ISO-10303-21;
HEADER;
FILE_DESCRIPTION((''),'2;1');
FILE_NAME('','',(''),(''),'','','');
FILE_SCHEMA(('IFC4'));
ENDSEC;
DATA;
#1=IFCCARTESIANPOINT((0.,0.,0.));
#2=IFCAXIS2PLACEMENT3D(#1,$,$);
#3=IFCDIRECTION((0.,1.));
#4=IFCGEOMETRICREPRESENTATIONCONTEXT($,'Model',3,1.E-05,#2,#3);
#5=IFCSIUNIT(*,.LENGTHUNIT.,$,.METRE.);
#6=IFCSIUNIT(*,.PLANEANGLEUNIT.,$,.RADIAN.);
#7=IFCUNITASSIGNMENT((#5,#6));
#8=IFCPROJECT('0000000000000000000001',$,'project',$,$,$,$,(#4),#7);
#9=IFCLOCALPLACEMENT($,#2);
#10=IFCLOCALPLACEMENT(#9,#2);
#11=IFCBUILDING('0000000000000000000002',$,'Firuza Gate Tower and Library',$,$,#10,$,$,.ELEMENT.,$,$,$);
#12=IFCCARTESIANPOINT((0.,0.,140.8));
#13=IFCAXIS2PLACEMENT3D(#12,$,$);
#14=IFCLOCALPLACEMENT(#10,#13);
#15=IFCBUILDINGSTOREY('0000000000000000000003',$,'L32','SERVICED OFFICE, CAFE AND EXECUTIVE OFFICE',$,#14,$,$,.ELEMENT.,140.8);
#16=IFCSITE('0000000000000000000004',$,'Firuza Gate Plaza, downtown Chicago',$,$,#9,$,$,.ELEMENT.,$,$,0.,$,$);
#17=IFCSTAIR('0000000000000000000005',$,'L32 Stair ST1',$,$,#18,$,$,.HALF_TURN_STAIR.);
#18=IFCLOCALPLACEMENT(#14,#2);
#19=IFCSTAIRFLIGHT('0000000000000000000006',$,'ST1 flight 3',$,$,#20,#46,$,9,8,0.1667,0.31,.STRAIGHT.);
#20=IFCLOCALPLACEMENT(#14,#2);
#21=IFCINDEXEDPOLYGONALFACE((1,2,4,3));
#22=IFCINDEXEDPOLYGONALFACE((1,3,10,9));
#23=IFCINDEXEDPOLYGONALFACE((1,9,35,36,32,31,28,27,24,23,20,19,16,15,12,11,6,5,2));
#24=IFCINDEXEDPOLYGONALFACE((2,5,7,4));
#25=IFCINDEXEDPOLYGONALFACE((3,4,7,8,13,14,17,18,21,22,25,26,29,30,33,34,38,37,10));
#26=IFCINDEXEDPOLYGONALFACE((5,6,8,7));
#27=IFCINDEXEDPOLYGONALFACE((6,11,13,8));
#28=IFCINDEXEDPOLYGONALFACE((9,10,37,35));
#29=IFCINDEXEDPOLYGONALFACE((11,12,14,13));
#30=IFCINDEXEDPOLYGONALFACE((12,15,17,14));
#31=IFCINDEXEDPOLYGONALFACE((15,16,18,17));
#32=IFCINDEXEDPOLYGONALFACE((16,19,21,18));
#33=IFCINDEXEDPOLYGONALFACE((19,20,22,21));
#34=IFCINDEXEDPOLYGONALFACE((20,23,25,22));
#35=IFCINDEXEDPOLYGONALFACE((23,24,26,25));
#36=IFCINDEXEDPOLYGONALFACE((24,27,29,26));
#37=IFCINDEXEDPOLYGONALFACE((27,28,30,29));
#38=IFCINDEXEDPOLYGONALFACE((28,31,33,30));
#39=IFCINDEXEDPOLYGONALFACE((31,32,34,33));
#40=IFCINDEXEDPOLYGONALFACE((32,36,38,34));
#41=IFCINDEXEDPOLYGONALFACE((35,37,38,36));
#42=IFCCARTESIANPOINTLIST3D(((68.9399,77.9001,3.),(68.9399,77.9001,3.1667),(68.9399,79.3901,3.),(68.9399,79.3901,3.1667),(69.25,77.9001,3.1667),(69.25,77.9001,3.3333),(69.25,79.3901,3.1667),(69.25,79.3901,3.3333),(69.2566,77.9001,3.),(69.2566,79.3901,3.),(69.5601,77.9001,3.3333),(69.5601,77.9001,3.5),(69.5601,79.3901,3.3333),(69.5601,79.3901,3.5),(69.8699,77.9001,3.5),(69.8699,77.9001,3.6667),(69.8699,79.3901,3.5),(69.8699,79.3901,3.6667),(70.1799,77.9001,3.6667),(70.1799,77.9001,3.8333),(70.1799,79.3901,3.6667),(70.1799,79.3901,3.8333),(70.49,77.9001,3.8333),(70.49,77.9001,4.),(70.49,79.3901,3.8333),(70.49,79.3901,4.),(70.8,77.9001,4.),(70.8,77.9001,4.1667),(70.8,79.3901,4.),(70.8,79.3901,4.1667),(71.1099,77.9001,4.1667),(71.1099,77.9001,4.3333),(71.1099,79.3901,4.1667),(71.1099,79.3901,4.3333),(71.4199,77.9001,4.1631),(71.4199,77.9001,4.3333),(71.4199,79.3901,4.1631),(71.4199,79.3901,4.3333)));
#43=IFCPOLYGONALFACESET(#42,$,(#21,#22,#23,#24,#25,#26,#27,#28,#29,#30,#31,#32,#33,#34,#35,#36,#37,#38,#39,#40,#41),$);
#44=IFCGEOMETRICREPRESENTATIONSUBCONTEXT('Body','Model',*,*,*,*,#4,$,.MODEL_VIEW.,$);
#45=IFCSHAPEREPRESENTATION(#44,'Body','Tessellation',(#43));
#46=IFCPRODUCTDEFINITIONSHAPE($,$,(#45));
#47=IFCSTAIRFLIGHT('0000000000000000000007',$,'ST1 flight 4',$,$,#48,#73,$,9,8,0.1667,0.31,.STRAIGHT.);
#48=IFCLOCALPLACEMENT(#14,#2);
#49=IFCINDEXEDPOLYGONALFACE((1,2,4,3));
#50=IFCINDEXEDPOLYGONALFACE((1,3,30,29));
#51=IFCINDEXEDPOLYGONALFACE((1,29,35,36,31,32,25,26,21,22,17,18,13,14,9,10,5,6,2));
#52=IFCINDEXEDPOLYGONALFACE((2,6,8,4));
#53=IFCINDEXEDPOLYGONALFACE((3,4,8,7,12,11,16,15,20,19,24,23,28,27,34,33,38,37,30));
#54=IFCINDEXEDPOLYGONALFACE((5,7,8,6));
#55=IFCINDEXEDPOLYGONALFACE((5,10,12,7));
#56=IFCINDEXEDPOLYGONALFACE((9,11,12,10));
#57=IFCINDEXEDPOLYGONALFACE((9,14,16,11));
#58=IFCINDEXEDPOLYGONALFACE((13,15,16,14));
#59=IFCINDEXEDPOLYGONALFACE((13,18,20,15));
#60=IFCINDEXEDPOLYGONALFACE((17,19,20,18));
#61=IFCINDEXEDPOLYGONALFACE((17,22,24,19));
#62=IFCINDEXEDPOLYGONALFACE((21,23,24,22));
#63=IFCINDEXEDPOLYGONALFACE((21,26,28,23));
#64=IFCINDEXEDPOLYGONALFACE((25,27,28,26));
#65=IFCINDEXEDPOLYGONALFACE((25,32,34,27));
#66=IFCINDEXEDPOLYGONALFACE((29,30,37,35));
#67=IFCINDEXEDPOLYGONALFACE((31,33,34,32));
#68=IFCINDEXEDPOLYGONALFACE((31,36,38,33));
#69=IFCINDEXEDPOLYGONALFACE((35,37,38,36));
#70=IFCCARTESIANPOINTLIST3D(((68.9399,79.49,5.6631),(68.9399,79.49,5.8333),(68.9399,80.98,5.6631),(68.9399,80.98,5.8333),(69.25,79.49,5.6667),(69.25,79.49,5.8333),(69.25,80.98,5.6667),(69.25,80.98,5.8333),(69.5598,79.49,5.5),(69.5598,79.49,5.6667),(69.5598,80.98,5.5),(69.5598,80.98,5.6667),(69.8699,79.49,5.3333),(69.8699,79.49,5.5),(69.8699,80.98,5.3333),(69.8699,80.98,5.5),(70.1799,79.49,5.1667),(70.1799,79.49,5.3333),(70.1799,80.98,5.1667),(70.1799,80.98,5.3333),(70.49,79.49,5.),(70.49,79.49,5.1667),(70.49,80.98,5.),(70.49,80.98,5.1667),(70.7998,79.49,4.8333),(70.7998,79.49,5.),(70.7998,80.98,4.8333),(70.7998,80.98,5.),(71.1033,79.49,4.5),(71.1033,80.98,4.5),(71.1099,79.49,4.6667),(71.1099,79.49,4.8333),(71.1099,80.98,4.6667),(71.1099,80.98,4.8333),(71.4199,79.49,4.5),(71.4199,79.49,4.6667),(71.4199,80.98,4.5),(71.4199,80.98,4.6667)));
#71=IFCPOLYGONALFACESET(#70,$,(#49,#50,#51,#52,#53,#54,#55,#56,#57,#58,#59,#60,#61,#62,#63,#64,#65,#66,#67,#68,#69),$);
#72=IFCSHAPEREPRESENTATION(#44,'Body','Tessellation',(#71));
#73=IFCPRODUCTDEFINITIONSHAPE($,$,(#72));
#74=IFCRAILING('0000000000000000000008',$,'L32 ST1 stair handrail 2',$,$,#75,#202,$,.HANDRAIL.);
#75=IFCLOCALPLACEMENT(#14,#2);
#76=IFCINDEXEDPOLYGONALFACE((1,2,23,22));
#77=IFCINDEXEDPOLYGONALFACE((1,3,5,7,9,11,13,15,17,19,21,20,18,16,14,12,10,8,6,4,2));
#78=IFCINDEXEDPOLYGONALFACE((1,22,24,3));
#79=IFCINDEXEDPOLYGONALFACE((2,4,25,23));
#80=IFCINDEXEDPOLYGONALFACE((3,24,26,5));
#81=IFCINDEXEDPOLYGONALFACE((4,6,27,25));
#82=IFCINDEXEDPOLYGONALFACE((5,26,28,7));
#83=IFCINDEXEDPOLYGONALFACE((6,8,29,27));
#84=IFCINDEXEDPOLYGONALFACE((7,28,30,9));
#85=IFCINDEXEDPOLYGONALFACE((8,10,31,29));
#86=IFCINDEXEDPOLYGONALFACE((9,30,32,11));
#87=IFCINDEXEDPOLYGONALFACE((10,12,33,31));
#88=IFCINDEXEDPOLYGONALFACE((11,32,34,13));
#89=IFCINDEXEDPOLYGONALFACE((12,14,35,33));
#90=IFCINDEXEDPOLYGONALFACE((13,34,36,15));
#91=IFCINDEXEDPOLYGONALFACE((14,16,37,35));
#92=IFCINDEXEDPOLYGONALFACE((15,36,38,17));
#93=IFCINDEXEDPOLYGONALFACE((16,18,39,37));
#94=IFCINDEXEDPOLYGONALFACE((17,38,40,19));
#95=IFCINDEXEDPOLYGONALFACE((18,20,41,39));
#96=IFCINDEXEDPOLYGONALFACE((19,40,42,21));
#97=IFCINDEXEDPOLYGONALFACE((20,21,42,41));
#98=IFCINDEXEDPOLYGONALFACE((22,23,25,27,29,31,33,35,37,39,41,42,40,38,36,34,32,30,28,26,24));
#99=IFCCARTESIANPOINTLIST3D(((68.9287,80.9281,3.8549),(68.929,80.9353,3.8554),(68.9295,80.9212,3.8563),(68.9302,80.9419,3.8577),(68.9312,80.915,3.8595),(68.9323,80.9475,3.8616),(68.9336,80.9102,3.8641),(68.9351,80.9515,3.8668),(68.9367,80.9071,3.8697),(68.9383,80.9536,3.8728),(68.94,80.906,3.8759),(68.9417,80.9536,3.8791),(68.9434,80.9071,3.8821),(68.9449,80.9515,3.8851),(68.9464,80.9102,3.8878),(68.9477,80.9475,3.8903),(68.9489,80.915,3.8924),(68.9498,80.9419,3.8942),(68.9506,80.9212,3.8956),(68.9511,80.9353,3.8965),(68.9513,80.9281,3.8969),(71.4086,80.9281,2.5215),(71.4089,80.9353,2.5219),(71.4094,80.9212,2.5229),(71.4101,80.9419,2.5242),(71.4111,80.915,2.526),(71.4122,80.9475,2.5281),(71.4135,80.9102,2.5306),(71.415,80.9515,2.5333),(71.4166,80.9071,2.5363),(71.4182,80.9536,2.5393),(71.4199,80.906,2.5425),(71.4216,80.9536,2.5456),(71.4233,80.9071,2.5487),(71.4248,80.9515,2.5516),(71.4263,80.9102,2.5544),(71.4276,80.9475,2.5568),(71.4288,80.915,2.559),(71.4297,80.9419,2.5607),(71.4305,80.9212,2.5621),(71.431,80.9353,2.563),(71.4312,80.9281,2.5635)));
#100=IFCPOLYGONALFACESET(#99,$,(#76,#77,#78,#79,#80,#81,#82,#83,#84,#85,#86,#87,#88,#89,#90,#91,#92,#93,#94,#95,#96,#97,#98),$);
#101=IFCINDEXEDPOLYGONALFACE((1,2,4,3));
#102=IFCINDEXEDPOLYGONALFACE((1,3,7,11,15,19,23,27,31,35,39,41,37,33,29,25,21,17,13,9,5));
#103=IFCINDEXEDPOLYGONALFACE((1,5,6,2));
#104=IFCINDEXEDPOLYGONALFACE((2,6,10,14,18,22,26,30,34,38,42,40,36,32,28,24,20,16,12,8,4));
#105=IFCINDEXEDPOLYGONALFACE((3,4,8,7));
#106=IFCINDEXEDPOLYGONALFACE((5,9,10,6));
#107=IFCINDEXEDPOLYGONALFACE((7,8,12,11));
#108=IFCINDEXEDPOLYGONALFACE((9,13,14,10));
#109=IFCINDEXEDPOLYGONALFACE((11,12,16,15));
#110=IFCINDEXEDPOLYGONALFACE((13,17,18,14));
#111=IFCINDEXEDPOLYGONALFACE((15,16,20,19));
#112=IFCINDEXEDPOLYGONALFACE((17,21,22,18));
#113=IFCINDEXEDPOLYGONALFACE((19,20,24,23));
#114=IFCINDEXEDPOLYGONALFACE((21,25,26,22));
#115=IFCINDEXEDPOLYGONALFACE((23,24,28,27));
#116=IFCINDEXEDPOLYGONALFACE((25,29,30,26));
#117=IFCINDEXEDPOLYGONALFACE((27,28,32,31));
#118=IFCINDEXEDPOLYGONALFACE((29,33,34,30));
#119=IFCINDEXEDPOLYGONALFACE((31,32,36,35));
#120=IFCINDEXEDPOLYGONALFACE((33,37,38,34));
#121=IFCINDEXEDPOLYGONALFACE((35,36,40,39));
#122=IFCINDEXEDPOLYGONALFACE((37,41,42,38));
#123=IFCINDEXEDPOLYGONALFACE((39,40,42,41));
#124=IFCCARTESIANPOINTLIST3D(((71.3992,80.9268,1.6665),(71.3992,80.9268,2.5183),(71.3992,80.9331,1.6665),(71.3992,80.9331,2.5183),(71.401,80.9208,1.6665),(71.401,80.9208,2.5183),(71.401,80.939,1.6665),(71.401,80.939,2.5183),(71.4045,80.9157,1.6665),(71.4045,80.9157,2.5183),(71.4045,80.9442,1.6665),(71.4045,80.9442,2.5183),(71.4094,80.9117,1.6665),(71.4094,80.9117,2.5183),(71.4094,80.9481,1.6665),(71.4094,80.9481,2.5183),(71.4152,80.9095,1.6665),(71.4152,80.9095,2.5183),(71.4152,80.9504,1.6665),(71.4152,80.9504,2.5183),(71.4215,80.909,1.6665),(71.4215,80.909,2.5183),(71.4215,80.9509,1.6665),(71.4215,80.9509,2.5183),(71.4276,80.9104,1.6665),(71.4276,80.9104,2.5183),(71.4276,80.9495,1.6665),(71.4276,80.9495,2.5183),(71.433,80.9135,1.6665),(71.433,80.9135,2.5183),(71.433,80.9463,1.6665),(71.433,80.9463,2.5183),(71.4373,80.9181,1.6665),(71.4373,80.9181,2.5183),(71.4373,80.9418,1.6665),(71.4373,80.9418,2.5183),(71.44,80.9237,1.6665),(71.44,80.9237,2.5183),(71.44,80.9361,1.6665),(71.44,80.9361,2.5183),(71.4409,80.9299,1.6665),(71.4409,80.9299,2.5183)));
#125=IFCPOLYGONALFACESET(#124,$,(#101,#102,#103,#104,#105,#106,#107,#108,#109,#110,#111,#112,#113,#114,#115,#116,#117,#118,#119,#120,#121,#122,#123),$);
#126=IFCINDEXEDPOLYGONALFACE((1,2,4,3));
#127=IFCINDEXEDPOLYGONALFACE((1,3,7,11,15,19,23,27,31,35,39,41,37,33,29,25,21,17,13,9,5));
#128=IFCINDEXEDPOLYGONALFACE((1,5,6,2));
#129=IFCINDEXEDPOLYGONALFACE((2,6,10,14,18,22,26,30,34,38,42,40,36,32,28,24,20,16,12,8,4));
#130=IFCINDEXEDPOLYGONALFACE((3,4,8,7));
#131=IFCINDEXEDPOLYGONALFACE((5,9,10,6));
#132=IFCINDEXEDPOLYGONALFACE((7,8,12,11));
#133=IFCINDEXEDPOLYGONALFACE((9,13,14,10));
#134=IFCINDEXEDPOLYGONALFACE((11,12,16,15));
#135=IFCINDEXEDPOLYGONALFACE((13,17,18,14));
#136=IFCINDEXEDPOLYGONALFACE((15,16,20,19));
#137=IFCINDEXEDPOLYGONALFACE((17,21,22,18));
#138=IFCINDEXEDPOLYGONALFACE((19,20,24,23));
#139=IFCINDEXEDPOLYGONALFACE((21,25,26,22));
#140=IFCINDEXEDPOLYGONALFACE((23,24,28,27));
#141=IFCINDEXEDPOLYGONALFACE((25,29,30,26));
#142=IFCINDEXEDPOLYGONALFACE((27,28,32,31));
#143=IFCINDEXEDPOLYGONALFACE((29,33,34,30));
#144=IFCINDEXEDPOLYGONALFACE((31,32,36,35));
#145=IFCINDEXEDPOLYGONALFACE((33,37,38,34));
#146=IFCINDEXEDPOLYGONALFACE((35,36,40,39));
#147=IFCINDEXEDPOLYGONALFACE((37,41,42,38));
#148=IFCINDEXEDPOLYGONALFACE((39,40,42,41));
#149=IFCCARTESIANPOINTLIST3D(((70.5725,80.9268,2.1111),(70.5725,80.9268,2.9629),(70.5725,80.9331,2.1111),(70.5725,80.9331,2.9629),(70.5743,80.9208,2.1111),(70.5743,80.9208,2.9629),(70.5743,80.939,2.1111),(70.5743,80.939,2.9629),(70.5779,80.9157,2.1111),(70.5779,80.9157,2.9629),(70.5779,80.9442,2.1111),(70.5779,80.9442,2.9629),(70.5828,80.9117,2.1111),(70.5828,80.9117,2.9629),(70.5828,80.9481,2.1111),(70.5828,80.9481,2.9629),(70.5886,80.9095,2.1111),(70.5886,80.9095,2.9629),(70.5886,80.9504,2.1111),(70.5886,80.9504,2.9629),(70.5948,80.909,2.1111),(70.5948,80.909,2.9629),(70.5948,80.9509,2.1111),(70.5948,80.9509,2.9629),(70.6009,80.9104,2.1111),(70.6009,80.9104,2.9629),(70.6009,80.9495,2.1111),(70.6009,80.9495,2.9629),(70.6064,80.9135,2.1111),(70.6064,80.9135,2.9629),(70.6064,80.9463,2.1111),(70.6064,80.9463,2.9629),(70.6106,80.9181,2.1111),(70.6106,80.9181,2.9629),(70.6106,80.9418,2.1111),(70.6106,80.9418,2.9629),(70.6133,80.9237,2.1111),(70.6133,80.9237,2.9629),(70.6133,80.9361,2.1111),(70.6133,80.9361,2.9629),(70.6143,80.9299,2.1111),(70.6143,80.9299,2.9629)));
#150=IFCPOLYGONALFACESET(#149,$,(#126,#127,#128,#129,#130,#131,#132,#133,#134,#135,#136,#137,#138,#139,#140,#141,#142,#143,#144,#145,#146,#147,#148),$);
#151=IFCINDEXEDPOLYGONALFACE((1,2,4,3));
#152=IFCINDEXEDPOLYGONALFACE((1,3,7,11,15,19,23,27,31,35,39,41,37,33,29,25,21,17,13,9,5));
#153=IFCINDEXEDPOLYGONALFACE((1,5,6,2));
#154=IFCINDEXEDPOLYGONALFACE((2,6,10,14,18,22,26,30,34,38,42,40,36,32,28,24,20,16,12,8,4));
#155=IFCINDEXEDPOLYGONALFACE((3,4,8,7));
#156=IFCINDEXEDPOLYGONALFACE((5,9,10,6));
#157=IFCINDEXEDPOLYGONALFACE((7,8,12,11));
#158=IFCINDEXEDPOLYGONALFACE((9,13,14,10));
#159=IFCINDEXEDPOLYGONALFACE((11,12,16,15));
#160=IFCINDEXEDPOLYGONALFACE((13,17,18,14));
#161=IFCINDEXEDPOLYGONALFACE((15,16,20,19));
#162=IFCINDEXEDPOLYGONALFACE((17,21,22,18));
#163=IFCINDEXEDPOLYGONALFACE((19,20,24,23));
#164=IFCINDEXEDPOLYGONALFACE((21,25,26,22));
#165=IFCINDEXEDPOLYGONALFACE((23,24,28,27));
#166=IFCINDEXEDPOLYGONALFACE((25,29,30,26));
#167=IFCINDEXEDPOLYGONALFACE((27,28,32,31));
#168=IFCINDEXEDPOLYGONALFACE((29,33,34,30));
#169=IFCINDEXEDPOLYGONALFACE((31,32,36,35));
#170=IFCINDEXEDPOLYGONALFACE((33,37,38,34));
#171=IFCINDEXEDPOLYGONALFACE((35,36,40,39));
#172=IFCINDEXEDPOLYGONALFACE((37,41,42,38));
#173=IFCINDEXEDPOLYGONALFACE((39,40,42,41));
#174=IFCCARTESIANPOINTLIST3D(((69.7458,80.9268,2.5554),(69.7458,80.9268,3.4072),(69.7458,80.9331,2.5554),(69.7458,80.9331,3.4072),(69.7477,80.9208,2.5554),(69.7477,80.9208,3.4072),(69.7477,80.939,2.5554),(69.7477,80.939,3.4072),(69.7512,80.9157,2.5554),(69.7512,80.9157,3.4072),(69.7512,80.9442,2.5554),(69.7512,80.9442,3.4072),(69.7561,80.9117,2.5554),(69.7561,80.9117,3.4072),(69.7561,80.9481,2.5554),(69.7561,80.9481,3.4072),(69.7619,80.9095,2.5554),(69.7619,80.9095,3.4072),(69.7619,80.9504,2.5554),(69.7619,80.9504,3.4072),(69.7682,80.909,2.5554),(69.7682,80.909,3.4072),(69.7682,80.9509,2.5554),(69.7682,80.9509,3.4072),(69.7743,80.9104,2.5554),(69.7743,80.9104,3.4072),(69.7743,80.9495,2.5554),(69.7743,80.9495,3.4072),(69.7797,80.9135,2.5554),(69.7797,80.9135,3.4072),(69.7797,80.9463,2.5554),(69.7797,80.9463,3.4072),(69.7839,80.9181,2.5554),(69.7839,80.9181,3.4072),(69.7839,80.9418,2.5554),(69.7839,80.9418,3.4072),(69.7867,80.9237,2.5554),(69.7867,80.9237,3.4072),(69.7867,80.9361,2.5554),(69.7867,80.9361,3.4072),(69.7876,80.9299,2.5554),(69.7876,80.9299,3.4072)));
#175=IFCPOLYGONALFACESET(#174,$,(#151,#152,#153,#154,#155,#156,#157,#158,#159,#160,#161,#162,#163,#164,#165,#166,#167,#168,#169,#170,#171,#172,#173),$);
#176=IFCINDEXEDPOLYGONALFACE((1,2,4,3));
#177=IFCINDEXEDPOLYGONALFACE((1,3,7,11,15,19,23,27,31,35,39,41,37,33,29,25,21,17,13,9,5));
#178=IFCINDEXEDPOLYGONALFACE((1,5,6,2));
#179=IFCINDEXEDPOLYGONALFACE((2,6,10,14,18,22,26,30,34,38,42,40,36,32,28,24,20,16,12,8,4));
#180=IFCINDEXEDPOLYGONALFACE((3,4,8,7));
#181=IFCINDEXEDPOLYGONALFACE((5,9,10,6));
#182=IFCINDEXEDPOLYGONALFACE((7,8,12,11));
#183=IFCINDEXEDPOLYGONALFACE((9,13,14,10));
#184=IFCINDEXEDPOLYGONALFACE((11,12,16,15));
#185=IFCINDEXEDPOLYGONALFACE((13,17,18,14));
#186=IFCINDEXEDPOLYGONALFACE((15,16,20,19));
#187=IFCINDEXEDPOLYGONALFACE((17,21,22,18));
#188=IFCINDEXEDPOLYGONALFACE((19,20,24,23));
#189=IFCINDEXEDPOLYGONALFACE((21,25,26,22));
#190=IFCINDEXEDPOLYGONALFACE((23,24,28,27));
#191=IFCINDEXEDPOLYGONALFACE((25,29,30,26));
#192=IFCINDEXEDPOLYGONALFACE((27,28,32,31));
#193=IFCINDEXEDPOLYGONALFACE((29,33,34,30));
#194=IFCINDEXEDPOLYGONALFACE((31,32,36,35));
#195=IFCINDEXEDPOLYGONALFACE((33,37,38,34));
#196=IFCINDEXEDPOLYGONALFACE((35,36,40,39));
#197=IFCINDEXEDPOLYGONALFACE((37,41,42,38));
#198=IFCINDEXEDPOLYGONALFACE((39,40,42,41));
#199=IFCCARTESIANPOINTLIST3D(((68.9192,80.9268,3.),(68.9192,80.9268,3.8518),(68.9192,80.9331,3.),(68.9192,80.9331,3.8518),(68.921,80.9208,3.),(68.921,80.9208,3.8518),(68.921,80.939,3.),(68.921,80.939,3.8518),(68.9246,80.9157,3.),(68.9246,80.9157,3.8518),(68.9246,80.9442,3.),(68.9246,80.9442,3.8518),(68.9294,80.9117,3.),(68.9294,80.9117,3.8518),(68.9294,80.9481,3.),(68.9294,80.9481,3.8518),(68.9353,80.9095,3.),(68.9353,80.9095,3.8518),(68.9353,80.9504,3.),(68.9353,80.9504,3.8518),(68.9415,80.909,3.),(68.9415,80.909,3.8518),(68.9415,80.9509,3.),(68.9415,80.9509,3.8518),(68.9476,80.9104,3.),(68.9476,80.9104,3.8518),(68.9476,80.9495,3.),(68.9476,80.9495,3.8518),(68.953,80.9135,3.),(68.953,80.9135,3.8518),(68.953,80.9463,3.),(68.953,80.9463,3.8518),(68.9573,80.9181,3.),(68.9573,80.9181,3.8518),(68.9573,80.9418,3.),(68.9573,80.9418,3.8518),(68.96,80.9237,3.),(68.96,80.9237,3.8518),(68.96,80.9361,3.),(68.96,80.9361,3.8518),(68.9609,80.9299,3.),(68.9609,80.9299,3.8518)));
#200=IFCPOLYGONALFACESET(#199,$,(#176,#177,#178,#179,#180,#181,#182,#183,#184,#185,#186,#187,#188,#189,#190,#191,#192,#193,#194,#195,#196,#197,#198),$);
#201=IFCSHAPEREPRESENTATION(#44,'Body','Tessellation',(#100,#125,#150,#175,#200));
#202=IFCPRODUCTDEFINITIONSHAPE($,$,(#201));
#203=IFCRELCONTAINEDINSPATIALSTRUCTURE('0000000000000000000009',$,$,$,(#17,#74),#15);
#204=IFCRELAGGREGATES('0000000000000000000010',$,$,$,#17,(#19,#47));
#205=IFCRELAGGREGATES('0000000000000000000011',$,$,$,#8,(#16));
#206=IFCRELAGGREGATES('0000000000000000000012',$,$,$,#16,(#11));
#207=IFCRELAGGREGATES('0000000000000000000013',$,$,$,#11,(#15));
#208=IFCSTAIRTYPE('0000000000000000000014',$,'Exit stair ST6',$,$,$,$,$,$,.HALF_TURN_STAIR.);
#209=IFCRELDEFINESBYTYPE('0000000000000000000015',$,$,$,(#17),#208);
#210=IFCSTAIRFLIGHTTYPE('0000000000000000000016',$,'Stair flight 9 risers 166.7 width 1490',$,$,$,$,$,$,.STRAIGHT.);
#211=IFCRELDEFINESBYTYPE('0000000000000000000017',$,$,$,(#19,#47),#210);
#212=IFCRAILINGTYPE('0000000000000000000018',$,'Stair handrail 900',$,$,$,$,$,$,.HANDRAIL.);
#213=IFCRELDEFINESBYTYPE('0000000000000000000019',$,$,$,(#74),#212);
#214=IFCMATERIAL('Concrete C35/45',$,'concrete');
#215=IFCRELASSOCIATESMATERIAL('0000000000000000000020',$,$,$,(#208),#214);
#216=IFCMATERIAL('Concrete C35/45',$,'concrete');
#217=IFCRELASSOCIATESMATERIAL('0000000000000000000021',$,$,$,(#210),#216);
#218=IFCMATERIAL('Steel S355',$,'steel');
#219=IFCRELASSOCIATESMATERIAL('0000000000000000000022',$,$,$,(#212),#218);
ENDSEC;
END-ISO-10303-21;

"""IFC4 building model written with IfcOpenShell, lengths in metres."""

from ifc_helpers import new_model, si_unit, direction, frame, origin, origin_2d, place, context, subcontext, project, spatial, polyline, circle, outline, extrude, material, type_object, element, aggregate, save


model = new_model("IFC4")

# Units and contexts
model_context = context("Model", 3, precision=1e-05, world=origin(), true_north=direction((0.0, 1.0)))
body_context = subcontext(model_context, "Body", "Model", "MODEL_VIEW")
ifc_project = project(units=[si_unit("LENGTHUNIT", "METRE"), si_unit("PLANEANGLEUNIT", "RADIAN")], contexts=[model_context])

# Site, building, storey
site_placement = place(None, origin())
site = spatial("IfcSite", under=ifc_project, at=site_placement, Name="Firuza Gate Plaza, downtown Chicago", CompositionType="ELEMENT", RefElevation=0.0)
building_placement = place(site_placement, origin())
building = spatial("IfcBuilding", under=site, at=building_placement, Name="Firuza Gate Tower and Library", CompositionType="ELEMENT")
storey_placement = place(building_placement, frame((0.0, 0.0, 140.8)))
storey = spatial("IfcBuildingStorey", under=building, at=storey_placement, Name="L32", Description="SERVICED OFFICE, CAFE AND EXECUTIVE OFFICE", CompositionType="ELEMENT", Elevation=140.8)

# Stair, stair flights
ifc_material_1 = material(Name="Concrete C35/45", Category="concrete")
stair_type = type_object("IfcStairType", Name="Exit stair ST6", PredefinedType="HALF_TURN_STAIR", material=ifc_material_1)
stair_placement = place(storey_placement, origin())
stair = element("IfcStair", 1, at=stair_placement, inside=storey, type_object=stair_type, Name="L32 Stair ST1", PredefinedType="HALF_TURN_STAIR")
ifc_material_2 = material(Name="Concrete C35/45", Category="concrete")
stair_flight_type = type_object("IfcStairFlightType", Name="Stair flight 9 risers 166.7 width 1490", PredefinedType="STRAIGHT", material=ifc_material_2)
stair_flight_1_placement = place(storey_placement, frame((68.9399, 78.645, 3.0), z_axis=(0.0, 0.0, 1.0), x_axis=(1.0, 0.0, 0.0)))
stair_flight_1 = element("IfcStairFlight", 2, at=stair_flight_1_placement, type_object=stair_flight_type, Name="ST1 flight 3", NumberOfRisers=9, NumberOfTreads=8, PredefinedType="STRAIGHT", RiserHeight=0.1667, TreadLength=0.31, context=body_context, shape_type="SweptSolid", body=[
    extrude(outline(polyline([(0.0, 0.0), (0.0, 0.1667), (0.3101, 0.1667), (0.3101, 0.3333), (0.6201, 0.3333), (0.6201, 0.5), (0.9299, 0.5), (0.9299, 0.6667), (1.24, 0.6667), (1.24, 0.8333), (1.55, 0.8333), (1.55, 1.0), (1.8601, 1.0), (1.8601, 1.1667), (2.1699, 1.1667), (2.1699, 1.3333), (2.48, 1.3333), (2.48, 1.5), (2.48, 1.1631), (0.3167, 0.0), (0.0, 0.0)])), frame((0.0, 0.7451, 0.0), z_axis=(0.0, -1.0, 0.0), x_axis=(1.0, 0.0, 0.0)), (0.0, 0.0, 1.0), 1.49),
])
stair_flight_2_placement = place(storey_placement, frame((71.4199, 80.2351, 4.5), z_axis=(0.0, 0.0, 1.0), x_axis=(-1.0, 0.0, 0.0)))
stair_flight_2 = element("IfcStairFlight", 3, at=stair_flight_2_placement, type_object=stair_flight_type, Name="ST1 flight 4", NumberOfRisers=9, NumberOfTreads=8, PredefinedType="STRAIGHT", RiserHeight=0.1667, TreadLength=0.31, context=body_context, shape_type="SweptSolid", body=[
    extrude(outline(polyline([(0.0, 0.0), (0.0, 0.1667), (0.3101, 0.1667), (0.3101, 0.3333), (0.6201, 0.3333), (0.6201, 0.5), (0.9299, 0.5), (0.9299, 0.6667), (1.24, 0.6667), (1.24, 0.8333), (1.55, 0.8333), (1.55, 1.0), (1.8601, 1.0), (1.8601, 1.1667), (2.1699, 1.1667), (2.1699, 1.3333), (2.48, 1.3333), (2.48, 1.5), (2.48, 1.1631), (0.3167, 0.0), (0.0, 0.0)])), frame((0.0, 0.7451, 0.0), z_axis=(0.0, -1.0, 0.0), x_axis=(1.0, 0.0, 0.0)), (0.0, 0.0, 1.0), 1.49),
])
aggregate(stair, [stair_flight_1, stair_flight_2])

# Railing
ifc_material_3 = material(Name="Steel S355", Category="steel")
railing_type_1 = type_object("IfcRailingType", Name="Stair handrail 900", PredefinedType="HANDRAIL", material=ifc_material_3)
for number, where, name in (
    (4, (71.4199, 80.9299, 1.6665), "L32 ST1 stair handrail 2"),
):
    element("IfcRailing", number, at=place(storey_placement, frame(where)), inside=storey, type_object=railing_type_1, Name=name, PredefinedType="HANDRAIL", context=body_context, shape_type="SweptSolid", body=[
        extrude(circle(Radius=0.0239, at=origin_2d()), frame((0.0, 0.0, 0.876), z_axis=(-0.880749, 0.0, 0.473583), x_axis=(0.0, -1.0, 0.0)), (0.0, 0.0, 1.0), 2.8157),
        extrude(circle(Radius=0.021, at=origin_2d()), origin(), (0.0, 0.0, 1.0), 0.8518),
        extrude(circle(Radius=0.021, at=origin_2d()), frame((-0.8267, 0.0, 0.4446)), (0.0, 0.0, 1.0), 0.8518),
        extrude(circle(Radius=0.021, at=origin_2d()), frame((-1.6533, 0.0, 0.8889)), (0.0, 0.0, 1.0), 0.8518),
        extrude(circle(Radius=0.021, at=origin_2d()), frame((-2.48, 0.0, 1.3335)), (0.0, 0.0, 1.0), 0.8518),
    ])

save(model, "model.ifc")
